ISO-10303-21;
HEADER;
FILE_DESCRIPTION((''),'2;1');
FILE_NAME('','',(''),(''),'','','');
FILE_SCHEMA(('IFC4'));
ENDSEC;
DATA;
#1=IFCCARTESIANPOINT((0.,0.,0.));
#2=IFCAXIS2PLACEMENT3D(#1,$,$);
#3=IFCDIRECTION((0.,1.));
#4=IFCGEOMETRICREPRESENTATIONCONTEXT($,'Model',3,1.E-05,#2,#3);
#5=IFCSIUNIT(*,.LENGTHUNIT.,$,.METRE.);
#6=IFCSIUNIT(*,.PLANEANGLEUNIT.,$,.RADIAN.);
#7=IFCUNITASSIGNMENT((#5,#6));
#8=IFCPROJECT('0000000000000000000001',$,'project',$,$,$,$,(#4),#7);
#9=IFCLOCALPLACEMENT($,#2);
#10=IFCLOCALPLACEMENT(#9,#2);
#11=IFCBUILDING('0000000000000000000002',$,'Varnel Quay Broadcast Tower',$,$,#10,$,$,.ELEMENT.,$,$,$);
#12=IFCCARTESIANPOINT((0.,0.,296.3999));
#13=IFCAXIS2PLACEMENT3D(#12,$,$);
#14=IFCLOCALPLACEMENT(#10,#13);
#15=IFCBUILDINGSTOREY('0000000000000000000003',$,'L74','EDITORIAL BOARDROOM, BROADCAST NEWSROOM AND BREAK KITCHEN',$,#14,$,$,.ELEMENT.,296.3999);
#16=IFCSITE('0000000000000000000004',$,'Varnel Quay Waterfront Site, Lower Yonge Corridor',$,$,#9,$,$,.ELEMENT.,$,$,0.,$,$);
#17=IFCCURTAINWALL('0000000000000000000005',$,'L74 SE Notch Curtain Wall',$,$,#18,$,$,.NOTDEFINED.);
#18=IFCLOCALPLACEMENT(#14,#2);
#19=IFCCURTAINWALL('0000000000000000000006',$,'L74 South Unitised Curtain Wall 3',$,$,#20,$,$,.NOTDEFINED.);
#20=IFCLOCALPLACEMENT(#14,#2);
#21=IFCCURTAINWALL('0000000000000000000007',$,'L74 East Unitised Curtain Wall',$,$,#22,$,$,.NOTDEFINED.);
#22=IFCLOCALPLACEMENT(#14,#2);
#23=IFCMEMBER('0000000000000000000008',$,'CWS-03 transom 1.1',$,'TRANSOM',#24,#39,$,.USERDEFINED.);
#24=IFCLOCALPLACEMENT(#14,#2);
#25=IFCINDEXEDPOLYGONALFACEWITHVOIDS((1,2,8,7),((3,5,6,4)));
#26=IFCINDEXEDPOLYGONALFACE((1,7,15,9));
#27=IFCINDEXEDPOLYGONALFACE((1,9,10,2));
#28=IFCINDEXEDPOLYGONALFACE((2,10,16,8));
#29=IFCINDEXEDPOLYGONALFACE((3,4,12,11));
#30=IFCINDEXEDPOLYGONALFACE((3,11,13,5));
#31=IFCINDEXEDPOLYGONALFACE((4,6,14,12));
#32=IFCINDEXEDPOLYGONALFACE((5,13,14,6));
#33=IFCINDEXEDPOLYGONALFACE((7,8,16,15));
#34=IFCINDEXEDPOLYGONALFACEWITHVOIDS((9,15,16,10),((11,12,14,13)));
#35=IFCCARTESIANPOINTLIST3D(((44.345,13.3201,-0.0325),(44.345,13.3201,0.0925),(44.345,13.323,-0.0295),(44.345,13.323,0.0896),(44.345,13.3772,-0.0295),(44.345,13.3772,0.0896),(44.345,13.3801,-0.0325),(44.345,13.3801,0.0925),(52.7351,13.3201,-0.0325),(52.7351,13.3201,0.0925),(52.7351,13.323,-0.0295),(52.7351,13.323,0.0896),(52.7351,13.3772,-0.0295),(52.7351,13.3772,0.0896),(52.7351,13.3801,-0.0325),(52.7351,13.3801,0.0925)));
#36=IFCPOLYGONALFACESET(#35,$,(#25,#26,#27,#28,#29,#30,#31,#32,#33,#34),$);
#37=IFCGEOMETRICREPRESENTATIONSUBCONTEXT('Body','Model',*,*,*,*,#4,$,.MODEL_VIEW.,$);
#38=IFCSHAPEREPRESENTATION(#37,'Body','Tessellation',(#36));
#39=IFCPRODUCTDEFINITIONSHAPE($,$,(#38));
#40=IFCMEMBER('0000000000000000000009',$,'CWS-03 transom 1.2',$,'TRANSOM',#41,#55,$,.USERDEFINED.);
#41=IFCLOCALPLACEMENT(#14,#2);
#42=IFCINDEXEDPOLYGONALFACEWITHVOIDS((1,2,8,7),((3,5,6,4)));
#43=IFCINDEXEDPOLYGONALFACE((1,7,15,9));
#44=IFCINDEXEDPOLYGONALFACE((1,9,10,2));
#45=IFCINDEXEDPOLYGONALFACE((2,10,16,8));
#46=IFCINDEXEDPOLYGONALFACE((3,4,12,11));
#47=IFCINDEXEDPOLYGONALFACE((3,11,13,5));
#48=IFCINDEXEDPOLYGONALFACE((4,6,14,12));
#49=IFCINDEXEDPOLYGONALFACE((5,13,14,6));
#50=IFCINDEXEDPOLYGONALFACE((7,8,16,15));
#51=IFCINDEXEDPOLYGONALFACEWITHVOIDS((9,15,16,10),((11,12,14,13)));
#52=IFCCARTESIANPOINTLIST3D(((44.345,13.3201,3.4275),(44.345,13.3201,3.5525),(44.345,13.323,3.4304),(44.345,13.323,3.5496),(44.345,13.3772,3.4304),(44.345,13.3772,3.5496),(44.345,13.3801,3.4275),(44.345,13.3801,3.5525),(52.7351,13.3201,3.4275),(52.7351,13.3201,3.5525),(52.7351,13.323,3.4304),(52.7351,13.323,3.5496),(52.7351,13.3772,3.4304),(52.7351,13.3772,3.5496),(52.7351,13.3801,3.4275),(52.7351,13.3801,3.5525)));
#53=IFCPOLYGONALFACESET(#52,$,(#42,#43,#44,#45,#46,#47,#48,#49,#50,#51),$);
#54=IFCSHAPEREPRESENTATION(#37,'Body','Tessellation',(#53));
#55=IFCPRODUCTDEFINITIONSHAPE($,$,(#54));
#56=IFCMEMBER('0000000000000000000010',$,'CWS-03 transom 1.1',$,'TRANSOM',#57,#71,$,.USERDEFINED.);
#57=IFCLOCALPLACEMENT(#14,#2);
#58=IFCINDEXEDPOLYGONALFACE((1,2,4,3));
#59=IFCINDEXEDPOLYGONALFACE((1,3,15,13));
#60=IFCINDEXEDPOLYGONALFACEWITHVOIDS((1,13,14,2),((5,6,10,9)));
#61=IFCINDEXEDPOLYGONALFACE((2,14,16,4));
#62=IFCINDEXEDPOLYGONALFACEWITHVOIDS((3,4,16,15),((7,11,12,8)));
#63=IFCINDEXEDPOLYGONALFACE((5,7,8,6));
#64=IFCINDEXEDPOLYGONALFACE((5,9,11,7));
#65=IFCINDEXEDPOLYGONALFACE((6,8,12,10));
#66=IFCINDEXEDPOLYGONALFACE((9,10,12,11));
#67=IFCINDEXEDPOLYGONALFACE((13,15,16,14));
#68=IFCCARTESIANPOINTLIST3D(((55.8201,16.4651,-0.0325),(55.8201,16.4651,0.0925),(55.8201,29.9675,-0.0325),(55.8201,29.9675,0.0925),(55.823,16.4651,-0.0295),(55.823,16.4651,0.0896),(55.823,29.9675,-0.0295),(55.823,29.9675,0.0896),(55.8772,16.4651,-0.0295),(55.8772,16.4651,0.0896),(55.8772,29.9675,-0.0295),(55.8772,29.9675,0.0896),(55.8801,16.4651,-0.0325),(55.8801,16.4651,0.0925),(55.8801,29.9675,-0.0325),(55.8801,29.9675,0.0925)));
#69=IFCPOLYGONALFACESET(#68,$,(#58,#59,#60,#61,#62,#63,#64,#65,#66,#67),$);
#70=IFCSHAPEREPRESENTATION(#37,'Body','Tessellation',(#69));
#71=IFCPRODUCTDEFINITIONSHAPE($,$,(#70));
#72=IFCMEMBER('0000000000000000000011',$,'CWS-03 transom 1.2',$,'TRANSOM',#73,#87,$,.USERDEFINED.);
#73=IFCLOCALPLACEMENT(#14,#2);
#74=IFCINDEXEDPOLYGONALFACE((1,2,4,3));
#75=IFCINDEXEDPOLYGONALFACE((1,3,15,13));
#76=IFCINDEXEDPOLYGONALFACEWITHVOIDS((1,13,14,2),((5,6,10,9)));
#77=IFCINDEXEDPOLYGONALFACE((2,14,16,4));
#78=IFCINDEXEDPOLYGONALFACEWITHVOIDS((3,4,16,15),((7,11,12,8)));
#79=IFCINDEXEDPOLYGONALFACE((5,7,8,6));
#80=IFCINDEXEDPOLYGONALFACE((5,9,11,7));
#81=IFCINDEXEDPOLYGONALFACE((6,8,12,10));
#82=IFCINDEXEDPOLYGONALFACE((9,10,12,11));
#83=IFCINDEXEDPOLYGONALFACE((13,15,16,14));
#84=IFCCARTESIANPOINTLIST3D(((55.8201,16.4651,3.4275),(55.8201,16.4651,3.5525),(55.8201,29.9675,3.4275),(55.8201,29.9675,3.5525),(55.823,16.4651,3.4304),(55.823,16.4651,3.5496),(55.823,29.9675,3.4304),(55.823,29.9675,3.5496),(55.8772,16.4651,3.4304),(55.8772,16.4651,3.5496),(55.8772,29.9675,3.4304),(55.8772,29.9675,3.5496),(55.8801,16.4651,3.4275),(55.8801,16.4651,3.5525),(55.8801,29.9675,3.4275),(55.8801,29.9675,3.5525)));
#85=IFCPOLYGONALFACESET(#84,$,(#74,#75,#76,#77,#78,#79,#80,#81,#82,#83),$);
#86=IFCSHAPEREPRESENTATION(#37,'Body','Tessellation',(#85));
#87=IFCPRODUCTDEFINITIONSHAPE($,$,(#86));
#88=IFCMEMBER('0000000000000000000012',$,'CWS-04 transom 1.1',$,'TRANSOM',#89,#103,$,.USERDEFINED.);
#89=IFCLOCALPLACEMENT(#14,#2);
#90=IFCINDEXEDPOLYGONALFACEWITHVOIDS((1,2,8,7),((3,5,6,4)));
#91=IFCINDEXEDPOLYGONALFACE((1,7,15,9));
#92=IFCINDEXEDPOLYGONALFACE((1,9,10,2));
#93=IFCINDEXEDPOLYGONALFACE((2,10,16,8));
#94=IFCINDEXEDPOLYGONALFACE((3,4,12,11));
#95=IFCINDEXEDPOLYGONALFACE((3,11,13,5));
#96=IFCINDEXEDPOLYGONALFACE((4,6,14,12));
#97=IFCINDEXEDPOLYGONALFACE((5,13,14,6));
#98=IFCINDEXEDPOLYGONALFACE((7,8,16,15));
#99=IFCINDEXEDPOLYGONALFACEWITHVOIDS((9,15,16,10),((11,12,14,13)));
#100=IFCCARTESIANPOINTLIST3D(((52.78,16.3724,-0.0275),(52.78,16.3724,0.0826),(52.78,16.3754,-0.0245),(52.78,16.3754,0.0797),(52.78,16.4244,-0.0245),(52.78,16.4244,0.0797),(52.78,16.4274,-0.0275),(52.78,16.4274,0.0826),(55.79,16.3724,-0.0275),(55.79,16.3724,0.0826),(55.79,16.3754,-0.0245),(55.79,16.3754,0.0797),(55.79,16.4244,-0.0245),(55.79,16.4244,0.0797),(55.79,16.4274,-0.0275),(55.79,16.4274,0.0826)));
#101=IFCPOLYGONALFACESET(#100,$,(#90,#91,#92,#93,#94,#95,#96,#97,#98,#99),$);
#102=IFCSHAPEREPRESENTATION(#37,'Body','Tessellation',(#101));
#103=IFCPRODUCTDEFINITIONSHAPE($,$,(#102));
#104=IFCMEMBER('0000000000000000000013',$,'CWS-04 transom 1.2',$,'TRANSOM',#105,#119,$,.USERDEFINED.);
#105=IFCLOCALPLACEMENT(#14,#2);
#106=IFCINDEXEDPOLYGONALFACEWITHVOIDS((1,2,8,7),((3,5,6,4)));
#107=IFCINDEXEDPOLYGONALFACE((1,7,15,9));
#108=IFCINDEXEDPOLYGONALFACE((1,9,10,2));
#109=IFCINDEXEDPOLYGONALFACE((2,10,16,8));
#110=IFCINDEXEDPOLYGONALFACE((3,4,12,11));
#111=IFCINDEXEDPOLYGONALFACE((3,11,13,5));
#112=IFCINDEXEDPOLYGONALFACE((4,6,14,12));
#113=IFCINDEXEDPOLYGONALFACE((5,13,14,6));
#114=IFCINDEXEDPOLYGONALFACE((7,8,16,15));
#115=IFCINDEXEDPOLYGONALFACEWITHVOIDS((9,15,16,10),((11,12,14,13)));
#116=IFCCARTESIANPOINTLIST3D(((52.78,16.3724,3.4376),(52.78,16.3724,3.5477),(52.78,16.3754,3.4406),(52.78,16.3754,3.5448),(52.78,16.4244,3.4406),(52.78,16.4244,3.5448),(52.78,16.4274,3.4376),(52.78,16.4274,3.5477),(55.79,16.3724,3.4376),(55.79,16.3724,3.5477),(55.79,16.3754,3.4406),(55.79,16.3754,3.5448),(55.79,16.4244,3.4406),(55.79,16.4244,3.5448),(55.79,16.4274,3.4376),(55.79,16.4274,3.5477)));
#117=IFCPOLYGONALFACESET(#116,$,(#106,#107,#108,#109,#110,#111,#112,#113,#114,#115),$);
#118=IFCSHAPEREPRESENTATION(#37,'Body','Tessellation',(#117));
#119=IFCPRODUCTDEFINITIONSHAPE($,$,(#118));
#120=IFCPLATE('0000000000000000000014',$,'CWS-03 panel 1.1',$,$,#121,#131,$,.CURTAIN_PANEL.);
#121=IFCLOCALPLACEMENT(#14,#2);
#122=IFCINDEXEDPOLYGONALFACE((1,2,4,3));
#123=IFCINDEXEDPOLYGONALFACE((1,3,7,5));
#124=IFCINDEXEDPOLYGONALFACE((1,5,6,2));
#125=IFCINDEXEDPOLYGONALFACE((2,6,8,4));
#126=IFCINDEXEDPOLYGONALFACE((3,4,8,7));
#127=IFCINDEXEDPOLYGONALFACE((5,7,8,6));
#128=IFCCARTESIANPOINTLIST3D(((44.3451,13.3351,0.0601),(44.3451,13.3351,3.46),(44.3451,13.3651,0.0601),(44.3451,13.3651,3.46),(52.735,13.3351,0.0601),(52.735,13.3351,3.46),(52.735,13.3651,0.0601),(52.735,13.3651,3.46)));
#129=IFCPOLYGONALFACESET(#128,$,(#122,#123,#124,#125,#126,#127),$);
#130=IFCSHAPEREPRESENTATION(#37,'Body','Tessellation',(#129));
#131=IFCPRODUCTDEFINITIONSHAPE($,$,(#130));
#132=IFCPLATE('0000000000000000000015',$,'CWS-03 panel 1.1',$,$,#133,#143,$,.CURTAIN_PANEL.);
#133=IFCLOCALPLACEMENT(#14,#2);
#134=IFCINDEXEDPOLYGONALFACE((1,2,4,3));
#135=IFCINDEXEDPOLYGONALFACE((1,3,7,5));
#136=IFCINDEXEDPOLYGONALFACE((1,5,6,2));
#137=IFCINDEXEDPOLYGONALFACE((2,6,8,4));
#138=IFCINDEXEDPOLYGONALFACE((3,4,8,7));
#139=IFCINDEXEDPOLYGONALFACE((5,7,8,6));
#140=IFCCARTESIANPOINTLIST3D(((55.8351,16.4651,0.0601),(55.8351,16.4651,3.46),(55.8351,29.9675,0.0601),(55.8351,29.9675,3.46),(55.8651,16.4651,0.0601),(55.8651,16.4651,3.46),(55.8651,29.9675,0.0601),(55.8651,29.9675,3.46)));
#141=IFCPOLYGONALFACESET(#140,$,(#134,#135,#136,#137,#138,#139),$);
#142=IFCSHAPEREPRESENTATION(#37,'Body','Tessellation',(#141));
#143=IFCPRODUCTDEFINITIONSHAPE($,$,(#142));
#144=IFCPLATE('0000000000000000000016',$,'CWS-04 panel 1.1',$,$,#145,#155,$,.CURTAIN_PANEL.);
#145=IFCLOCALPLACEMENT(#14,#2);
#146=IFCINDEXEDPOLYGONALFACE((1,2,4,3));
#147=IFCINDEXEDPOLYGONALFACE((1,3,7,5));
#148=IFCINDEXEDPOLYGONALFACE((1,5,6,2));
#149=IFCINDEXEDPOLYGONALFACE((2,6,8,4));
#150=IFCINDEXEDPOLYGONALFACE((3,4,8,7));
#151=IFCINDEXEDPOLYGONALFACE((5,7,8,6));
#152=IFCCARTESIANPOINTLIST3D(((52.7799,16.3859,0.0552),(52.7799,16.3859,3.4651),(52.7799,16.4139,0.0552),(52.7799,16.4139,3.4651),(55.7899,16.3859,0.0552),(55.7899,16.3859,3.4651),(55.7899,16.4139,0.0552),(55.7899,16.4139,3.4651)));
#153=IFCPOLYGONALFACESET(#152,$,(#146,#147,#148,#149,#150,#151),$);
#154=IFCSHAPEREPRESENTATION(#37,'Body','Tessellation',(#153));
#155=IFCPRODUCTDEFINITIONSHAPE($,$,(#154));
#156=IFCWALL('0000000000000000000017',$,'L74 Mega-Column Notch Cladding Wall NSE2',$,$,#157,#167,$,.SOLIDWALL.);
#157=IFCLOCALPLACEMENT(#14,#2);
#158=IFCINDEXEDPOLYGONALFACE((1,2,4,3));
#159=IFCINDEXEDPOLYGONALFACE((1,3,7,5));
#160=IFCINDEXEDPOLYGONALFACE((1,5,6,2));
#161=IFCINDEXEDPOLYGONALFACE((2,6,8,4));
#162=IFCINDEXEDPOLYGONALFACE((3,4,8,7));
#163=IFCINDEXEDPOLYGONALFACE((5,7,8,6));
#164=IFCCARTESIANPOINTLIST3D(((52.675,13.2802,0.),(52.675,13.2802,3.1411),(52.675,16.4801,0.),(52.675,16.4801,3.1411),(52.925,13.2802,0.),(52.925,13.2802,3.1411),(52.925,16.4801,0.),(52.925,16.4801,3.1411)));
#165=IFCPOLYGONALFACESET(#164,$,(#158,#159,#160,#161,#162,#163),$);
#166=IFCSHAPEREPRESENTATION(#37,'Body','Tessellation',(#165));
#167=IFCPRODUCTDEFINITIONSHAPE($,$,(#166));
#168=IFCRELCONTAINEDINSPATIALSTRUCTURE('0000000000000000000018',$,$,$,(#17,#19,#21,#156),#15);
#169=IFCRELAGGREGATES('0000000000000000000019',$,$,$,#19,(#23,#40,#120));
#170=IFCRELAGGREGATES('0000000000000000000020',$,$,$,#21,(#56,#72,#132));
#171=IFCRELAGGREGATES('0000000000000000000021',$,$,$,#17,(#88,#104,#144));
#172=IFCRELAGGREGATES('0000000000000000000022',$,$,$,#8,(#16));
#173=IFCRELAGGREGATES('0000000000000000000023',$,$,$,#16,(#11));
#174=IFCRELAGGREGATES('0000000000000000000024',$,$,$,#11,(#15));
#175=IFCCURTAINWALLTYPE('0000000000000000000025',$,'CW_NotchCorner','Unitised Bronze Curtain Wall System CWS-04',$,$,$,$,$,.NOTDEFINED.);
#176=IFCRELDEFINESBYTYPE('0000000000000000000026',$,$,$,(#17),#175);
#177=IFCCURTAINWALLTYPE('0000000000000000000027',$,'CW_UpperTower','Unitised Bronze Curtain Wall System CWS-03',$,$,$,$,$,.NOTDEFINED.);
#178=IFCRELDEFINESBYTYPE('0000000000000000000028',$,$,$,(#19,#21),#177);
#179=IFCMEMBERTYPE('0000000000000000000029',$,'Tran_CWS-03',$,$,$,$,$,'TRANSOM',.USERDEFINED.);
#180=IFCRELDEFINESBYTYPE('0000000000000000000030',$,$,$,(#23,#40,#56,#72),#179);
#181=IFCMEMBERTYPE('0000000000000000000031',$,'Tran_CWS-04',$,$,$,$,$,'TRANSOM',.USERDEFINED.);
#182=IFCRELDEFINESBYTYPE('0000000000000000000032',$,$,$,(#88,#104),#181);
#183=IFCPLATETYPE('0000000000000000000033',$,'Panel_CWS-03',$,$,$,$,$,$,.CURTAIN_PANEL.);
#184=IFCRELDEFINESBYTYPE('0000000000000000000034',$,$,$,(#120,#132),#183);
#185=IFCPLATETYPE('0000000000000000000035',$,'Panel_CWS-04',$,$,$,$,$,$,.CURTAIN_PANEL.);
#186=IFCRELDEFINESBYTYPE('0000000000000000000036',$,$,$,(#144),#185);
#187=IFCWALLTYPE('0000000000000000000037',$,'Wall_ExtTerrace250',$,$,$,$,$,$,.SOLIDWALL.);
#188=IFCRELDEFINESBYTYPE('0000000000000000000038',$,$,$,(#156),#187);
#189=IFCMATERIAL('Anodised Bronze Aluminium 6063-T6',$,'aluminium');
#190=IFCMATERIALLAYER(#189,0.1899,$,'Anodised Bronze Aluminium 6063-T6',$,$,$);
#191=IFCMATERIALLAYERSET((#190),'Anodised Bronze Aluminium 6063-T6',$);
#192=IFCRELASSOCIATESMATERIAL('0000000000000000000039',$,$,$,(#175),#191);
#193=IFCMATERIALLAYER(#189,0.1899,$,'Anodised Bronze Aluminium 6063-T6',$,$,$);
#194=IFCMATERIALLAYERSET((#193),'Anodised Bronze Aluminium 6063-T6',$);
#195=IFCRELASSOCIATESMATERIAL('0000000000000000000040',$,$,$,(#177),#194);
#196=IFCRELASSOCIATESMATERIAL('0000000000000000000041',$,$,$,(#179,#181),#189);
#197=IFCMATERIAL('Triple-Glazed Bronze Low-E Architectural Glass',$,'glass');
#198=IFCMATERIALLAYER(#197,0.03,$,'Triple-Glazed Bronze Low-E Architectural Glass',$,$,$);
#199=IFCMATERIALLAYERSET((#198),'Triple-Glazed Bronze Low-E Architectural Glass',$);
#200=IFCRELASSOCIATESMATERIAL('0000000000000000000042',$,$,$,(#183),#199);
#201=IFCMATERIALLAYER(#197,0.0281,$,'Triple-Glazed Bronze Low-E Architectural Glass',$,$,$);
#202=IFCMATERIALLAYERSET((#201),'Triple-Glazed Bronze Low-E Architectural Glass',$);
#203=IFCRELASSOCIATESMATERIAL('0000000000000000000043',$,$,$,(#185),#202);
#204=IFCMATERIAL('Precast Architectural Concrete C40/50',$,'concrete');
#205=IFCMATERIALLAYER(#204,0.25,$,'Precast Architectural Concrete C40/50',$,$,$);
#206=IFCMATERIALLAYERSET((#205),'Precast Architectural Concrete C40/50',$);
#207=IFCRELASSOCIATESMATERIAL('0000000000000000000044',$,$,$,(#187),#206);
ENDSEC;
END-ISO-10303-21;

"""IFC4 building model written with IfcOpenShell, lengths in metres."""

from ifc_helpers import new_model, si_unit, direction, frame, frame_2d, origin, origin_2d, place, context, subcontext, project, spatial, rectangle, hollow_rectangle, extrude, source, transform, mapped, material, layer, layer_set, material_profile, profile_set, type_object, type_shapes, element, aggregate, save


model = new_model("IFC4")

# Units and contexts
model_context = context("Model", 3, precision=1e-05, world=origin(), true_north=direction((0.0, 1.0)))
body_context = subcontext(model_context, "Body", "Model", "MODEL_VIEW")
ifc_project = project(units=[si_unit("LENGTHUNIT", "METRE"), si_unit("PLANEANGLEUNIT", "RADIAN")], contexts=[model_context])

# Site, building, storey
site_placement = place(None, origin())
site = spatial("IfcSite", under=ifc_project, at=site_placement, Name="Varnel Quay Waterfront Site, Lower Yonge Corridor", CompositionType="ELEMENT", RefElevation=0.0)
building_placement = place(site_placement, origin())
building = spatial("IfcBuilding", under=site, at=building_placement, Name="Varnel Quay Broadcast Tower", CompositionType="ELEMENT")
storey_placement = place(building_placement, frame((0.0, 0.0, 296.3999)))
storey = spatial("IfcBuildingStorey", under=building, at=storey_placement, Name="L74", Description="EDITORIAL BOARDROOM, BROADCAST NEWSROOM AND BREAK KITCHEN", CompositionType="ELEMENT", Elevation=296.3999)

# Curtain walls
ifc_material_1 = material(Name="Anodised Bronze Aluminium 6063-T6", Category="aluminium")
ifc_layer_1 = layer(ifc_material_1, 0.1899, Name="Anodised Bronze Aluminium 6063-T6")
ifc_layer_set_1 = layer_set([ifc_layer_1], Name="Anodised Bronze Aluminium 6063-T6")
curtain_wall_type_1 = type_object("IfcCurtainWallType", Name="CW_NotchCorner", Description="Unitised Bronze Curtain Wall System CWS-04", PredefinedType="NOTDEFINED", material=ifc_layer_set_1)
curtain_wall_1_placement = place(storey_placement, origin())
curtain_wall_1 = element("IfcCurtainWall", 1, at=curtain_wall_1_placement, inside=storey, type_object=curtain_wall_type_1, Name="L74 SE Notch Curtain Wall", PredefinedType="NOTDEFINED")
ifc_layer_2 = layer(ifc_material_1, 0.1899, Name="Anodised Bronze Aluminium 6063-T6")
ifc_layer_set_2 = layer_set([ifc_layer_2], Name="Anodised Bronze Aluminium 6063-T6")
curtain_wall_type_2 = type_object("IfcCurtainWallType", Name="CW_UpperTower", Description="Unitised Bronze Curtain Wall System CWS-03", PredefinedType="NOTDEFINED", material=ifc_layer_set_2)
curtain_wall_2_placement = place(storey_placement, origin())
curtain_wall_2 = element("IfcCurtainWall", 2, at=curtain_wall_2_placement, inside=storey, type_object=curtain_wall_type_2, Name="L74 South Unitised Curtain Wall 3", PredefinedType="NOTDEFINED")

# Curtain wall
curtain_wall_3_placement = place(storey_placement, origin())
curtain_wall_3 = element("IfcCurtainWall", 3, at=curtain_wall_3_placement, inside=storey, type_object=curtain_wall_type_2, Name="L74 East Unitised Curtain Wall", PredefinedType="NOTDEFINED")

# Members
ifc_material_profile_1 = material_profile(ifc_material_1, hollow_rectangle(XDim=0.0601, YDim=0.125, WallThickness=0.0029, at=origin_2d()), Name="ALU60X125X3")
ifc_profile_set_1 = profile_set([ifc_material_profile_1], Name="Anodised Bronze Aluminium 6063-T6")
member_type_1 = type_object("IfcMemberType", Name="Tran_CWS-03", ElementType="TRANSOM", PredefinedType="USERDEFINED", material=ifc_profile_set_1)
shared_shape_1 = source(origin(), body_context, "Body", "SweptSolid", [
    extrude(hollow_rectangle(XDim=0.0601, YDim=0.125, WallThickness=0.0029, at=origin_2d()), origin(), (0.0, 0.0, 1.0), 8.3901),
])
member_1_placement = place(storey_placement, frame((44.345, 13.3501, 0.03), z_axis=(1.0, 0.0, 0.0), x_axis=(0.0, 1.0, 0.0)))
member_1 = element("IfcMember", 4, at=member_1_placement, type_object=member_type_1, Name="CWS-03 transom 1.1", ObjectType="TRANSOM", PredefinedType="USERDEFINED", context=body_context, shape_type="MappedRepresentation", body=[
    mapped(shared_shape_1, transform((0.0, 0.0, 0.0), x_axis=(1.0, 0.0, 0.0), y_axis=(0.0, 1.0, 0.0), z_axis=(0.0, 0.0, 1.0), scale=1.0)),
])
member_2_placement = place(storey_placement, frame((44.345, 13.3501, 3.49), z_axis=(1.0, 0.0, 0.0), x_axis=(0.0, 1.0, 0.0)))
member_2 = element("IfcMember", 5, at=member_2_placement, type_object=member_type_1, Name="CWS-03 transom 1.2", ObjectType="TRANSOM", PredefinedType="USERDEFINED", context=body_context, shape_type="MappedRepresentation", body=[
    mapped(shared_shape_1, transform((0.0, 0.0, 0.0), x_axis=(1.0, 0.0, 0.0), y_axis=(0.0, 1.0, 0.0), z_axis=(0.0, 0.0, 1.0), scale=1.0)),
])
shared_shape_2 = source(origin(), body_context, "Body", "SweptSolid", [
    extrude(hollow_rectangle(XDim=0.0601, YDim=0.125, WallThickness=0.0029, at=origin_2d()), origin(), (0.0, 0.0, 1.0), 13.5024),
])
type_shapes(member_type_1, [shared_shape_1, shared_shape_2])
member_3_placement = place(storey_placement, frame((55.8501, 16.4651, 0.03), z_axis=(0.0, 1.0, 0.0), x_axis=(-1.0, 0.0, 0.0)))
member_3 = element("IfcMember", 6, at=member_3_placement, type_object=member_type_1, Name="CWS-03 transom 1.1", ObjectType="TRANSOM", PredefinedType="USERDEFINED", context=body_context, shape_type="MappedRepresentation", body=[
    mapped(shared_shape_2, transform((0.0, 0.0, 0.0), x_axis=(1.0, 0.0, 0.0), y_axis=(0.0, 1.0, 0.0), z_axis=(0.0, 0.0, 1.0), scale=1.0)),
])
member_4_placement = place(storey_placement, frame((55.8501, 16.4651, 3.49), z_axis=(0.0, 1.0, 0.0), x_axis=(-1.0, 0.0, 0.0)))
member_4 = element("IfcMember", 7, at=member_4_placement, type_object=member_type_1, Name="CWS-03 transom 1.2", ObjectType="TRANSOM", PredefinedType="USERDEFINED", context=body_context, shape_type="MappedRepresentation", body=[
    mapped(shared_shape_2, transform((0.0, 0.0, 0.0), x_axis=(1.0, 0.0, 0.0), y_axis=(0.0, 1.0, 0.0), z_axis=(0.0, 0.0, 1.0), scale=1.0)),
])
ifc_material_profile_2 = material_profile(ifc_material_1, hollow_rectangle(XDim=0.0549, YDim=0.1101, WallThickness=0.0029, at=origin_2d()), Name="ALU55X110X3")
ifc_profile_set_2 = profile_set([ifc_material_profile_2], Name="Anodised Bronze Aluminium 6063-T6")
member_type_2 = type_object("IfcMemberType", Name="Tran_CWS-04", ElementType="TRANSOM", PredefinedType="USERDEFINED", material=ifc_profile_set_2)
shared_shape_3 = source(origin(), body_context, "Body", "SweptSolid", [
    extrude(hollow_rectangle(XDim=0.0549, YDim=0.1101, WallThickness=0.0029, at=origin_2d()), origin(), (0.0, 0.0, 1.0), 3.01),
])
type_shapes(member_type_2, [shared_shape_3])
member_5_placement = place(storey_placement, frame((52.78, 16.3999, 0.0276), z_axis=(1.0, 0.0, 0.0), x_axis=(0.0, 1.0, 0.0)))
member_5 = element("IfcMember", 8, at=member_5_placement, type_object=member_type_2, Name="CWS-04 transom 1.1", ObjectType="TRANSOM", PredefinedType="USERDEFINED", context=body_context, shape_type="MappedRepresentation", body=[
    mapped(shared_shape_3, transform((0.0, 0.0, 0.0), x_axis=(1.0, 0.0, 0.0), y_axis=(0.0, 1.0, 0.0), z_axis=(0.0, 0.0, 1.0), scale=1.0)),
])
member_6_placement = place(storey_placement, frame((52.78, 16.3999, 3.4927), z_axis=(1.0, 0.0, 0.0), x_axis=(0.0, 1.0, 0.0)))
member_6 = element("IfcMember", 9, at=member_6_placement, type_object=member_type_2, Name="CWS-04 transom 1.2", ObjectType="TRANSOM", PredefinedType="USERDEFINED", context=body_context, shape_type="MappedRepresentation", body=[
    mapped(shared_shape_3, transform((0.0, 0.0, 0.0), x_axis=(1.0, 0.0, 0.0), y_axis=(0.0, 1.0, 0.0), z_axis=(0.0, 0.0, 1.0), scale=1.0)),
])

# Plates
ifc_material_2 = material(Name="Triple-Glazed Bronze Low-E Architectural Glass", Category="glass")
ifc_layer_3 = layer(ifc_material_2, 0.03, Name="Triple-Glazed Bronze Low-E Architectural Glass")
ifc_layer_set_3 = layer_set([ifc_layer_3], Name="Triple-Glazed Bronze Low-E Architectural Glass")
plate_type_1 = type_object("IfcPlateType", Name="Panel_CWS-03", PredefinedType="CURTAIN_PANEL", material=ifc_layer_set_3)
shared_shape_4 = source(origin(), body_context, "Body", "SweptSolid", [
    extrude(rectangle(XDim=8.3899, YDim=0.03, at=origin_2d()), origin(), (0.0, 0.0, 1.0), 3.3999),
])
plate_1_placement = place(storey_placement, frame((48.54, 13.3501, 0.0601), z_axis=(0.0, 0.0, 1.0), x_axis=(1.0, 0.0, 0.0)))
plate_1 = element("IfcPlate", 10, at=plate_1_placement, type_object=plate_type_1, Name="CWS-03 panel 1.1", PredefinedType="CURTAIN_PANEL", context=body_context, shape_type="MappedRepresentation", body=[
    mapped(shared_shape_4, transform((0.0, 0.0, 0.0), x_axis=(1.0, 0.0, 0.0), y_axis=(0.0, 1.0, 0.0), z_axis=(0.0, 0.0, 1.0), scale=1.0)),
])
aggregate(curtain_wall_2, [member_1, member_2, plate_1])
shared_shape_5 = source(origin(), body_context, "Body", "SweptSolid", [
    extrude(rectangle(XDim=13.5024, YDim=0.03, at=origin_2d()), origin(), (0.0, 0.0, 1.0), 3.3999),
])
type_shapes(plate_type_1, [shared_shape_4, shared_shape_5])
plate_2_placement = place(storey_placement, frame((55.8501, 23.2163, 0.0601), z_axis=(0.0, 0.0, 1.0), x_axis=(0.0, 1.0, 0.0)))
plate_2 = element("IfcPlate", 11, at=plate_2_placement, type_object=plate_type_1, Name="CWS-03 panel 1.1", PredefinedType="CURTAIN_PANEL", context=body_context, shape_type="MappedRepresentation", body=[
    mapped(shared_shape_5, transform((0.0, 0.0, 0.0), x_axis=(1.0, 0.0, 0.0), y_axis=(0.0, 1.0, 0.0), z_axis=(0.0, 0.0, 1.0), scale=1.0)),
])
aggregate(curtain_wall_3, [member_3, member_4, plate_2])
ifc_layer_4 = layer(ifc_material_2, 0.0281, Name="Triple-Glazed Bronze Low-E Architectural Glass")
ifc_layer_set_4 = layer_set([ifc_layer_4], Name="Triple-Glazed Bronze Low-E Architectural Glass")
plate_type_2 = type_object("IfcPlateType", Name="Panel_CWS-04", PredefinedType="CURTAIN_PANEL", material=ifc_layer_set_4)
shared_shape_6 = source(origin(), body_context, "Body", "SweptSolid", [
    extrude(rectangle(XDim=3.01, YDim=0.0281, at=origin_2d()), origin(), (0.0, 0.0, 1.0), 3.4099),
])
type_shapes(plate_type_2, [shared_shape_6])
plate_3_placement = place(storey_placement, frame((54.2849, 16.3999, 0.0552), z_axis=(0.0, 0.0, 1.0), x_axis=(1.0, 0.0, 0.0)))
plate_3 = element("IfcPlate", 12, at=plate_3_placement, type_object=plate_type_2, Name="CWS-04 panel 1.1", PredefinedType="CURTAIN_PANEL", context=body_context, shape_type="MappedRepresentation", body=[
    mapped(shared_shape_6, transform((0.0, 0.0, 0.0), x_axis=(1.0, 0.0, 0.0), y_axis=(0.0, 1.0, 0.0), z_axis=(0.0, 0.0, 1.0), scale=1.0)),
])
aggregate(curtain_wall_1, [member_5, member_6, plate_3])

# Wall
ifc_material_3 = material(Name="Precast Architectural Concrete C40/50", Category="concrete")
ifc_layer_5 = layer(ifc_material_3, 0.25, Name="Precast Architectural Concrete C40/50")
ifc_layer_set_5 = layer_set([ifc_layer_5], Name="Precast Architectural Concrete C40/50")
wall_type = type_object("IfcWallType", Name="Wall_ExtTerrace250", PredefinedType="SOLIDWALL", material=ifc_layer_set_5)
wall_placement = place(storey_placement, frame((52.8, 13.28, 0.0), z_axis=(0.0, 0.0, 1.0), x_axis=(0.0, 1.0, 0.0)))
element("IfcWall", 13, at=wall_placement, inside=storey, type_object=wall_type, Name="L74 Mega-Column Notch Cladding Wall NSE2", PredefinedType="SOLIDWALL", context=body_context, shape_type="SweptSolid", body=[
    extrude(rectangle(XDim=3.2, YDim=0.25, at=frame_2d((1.6001, 0.0))), origin(), (0.0, 0.0, 1.0), 3.1411),
])

save(model, "model.ifc")
